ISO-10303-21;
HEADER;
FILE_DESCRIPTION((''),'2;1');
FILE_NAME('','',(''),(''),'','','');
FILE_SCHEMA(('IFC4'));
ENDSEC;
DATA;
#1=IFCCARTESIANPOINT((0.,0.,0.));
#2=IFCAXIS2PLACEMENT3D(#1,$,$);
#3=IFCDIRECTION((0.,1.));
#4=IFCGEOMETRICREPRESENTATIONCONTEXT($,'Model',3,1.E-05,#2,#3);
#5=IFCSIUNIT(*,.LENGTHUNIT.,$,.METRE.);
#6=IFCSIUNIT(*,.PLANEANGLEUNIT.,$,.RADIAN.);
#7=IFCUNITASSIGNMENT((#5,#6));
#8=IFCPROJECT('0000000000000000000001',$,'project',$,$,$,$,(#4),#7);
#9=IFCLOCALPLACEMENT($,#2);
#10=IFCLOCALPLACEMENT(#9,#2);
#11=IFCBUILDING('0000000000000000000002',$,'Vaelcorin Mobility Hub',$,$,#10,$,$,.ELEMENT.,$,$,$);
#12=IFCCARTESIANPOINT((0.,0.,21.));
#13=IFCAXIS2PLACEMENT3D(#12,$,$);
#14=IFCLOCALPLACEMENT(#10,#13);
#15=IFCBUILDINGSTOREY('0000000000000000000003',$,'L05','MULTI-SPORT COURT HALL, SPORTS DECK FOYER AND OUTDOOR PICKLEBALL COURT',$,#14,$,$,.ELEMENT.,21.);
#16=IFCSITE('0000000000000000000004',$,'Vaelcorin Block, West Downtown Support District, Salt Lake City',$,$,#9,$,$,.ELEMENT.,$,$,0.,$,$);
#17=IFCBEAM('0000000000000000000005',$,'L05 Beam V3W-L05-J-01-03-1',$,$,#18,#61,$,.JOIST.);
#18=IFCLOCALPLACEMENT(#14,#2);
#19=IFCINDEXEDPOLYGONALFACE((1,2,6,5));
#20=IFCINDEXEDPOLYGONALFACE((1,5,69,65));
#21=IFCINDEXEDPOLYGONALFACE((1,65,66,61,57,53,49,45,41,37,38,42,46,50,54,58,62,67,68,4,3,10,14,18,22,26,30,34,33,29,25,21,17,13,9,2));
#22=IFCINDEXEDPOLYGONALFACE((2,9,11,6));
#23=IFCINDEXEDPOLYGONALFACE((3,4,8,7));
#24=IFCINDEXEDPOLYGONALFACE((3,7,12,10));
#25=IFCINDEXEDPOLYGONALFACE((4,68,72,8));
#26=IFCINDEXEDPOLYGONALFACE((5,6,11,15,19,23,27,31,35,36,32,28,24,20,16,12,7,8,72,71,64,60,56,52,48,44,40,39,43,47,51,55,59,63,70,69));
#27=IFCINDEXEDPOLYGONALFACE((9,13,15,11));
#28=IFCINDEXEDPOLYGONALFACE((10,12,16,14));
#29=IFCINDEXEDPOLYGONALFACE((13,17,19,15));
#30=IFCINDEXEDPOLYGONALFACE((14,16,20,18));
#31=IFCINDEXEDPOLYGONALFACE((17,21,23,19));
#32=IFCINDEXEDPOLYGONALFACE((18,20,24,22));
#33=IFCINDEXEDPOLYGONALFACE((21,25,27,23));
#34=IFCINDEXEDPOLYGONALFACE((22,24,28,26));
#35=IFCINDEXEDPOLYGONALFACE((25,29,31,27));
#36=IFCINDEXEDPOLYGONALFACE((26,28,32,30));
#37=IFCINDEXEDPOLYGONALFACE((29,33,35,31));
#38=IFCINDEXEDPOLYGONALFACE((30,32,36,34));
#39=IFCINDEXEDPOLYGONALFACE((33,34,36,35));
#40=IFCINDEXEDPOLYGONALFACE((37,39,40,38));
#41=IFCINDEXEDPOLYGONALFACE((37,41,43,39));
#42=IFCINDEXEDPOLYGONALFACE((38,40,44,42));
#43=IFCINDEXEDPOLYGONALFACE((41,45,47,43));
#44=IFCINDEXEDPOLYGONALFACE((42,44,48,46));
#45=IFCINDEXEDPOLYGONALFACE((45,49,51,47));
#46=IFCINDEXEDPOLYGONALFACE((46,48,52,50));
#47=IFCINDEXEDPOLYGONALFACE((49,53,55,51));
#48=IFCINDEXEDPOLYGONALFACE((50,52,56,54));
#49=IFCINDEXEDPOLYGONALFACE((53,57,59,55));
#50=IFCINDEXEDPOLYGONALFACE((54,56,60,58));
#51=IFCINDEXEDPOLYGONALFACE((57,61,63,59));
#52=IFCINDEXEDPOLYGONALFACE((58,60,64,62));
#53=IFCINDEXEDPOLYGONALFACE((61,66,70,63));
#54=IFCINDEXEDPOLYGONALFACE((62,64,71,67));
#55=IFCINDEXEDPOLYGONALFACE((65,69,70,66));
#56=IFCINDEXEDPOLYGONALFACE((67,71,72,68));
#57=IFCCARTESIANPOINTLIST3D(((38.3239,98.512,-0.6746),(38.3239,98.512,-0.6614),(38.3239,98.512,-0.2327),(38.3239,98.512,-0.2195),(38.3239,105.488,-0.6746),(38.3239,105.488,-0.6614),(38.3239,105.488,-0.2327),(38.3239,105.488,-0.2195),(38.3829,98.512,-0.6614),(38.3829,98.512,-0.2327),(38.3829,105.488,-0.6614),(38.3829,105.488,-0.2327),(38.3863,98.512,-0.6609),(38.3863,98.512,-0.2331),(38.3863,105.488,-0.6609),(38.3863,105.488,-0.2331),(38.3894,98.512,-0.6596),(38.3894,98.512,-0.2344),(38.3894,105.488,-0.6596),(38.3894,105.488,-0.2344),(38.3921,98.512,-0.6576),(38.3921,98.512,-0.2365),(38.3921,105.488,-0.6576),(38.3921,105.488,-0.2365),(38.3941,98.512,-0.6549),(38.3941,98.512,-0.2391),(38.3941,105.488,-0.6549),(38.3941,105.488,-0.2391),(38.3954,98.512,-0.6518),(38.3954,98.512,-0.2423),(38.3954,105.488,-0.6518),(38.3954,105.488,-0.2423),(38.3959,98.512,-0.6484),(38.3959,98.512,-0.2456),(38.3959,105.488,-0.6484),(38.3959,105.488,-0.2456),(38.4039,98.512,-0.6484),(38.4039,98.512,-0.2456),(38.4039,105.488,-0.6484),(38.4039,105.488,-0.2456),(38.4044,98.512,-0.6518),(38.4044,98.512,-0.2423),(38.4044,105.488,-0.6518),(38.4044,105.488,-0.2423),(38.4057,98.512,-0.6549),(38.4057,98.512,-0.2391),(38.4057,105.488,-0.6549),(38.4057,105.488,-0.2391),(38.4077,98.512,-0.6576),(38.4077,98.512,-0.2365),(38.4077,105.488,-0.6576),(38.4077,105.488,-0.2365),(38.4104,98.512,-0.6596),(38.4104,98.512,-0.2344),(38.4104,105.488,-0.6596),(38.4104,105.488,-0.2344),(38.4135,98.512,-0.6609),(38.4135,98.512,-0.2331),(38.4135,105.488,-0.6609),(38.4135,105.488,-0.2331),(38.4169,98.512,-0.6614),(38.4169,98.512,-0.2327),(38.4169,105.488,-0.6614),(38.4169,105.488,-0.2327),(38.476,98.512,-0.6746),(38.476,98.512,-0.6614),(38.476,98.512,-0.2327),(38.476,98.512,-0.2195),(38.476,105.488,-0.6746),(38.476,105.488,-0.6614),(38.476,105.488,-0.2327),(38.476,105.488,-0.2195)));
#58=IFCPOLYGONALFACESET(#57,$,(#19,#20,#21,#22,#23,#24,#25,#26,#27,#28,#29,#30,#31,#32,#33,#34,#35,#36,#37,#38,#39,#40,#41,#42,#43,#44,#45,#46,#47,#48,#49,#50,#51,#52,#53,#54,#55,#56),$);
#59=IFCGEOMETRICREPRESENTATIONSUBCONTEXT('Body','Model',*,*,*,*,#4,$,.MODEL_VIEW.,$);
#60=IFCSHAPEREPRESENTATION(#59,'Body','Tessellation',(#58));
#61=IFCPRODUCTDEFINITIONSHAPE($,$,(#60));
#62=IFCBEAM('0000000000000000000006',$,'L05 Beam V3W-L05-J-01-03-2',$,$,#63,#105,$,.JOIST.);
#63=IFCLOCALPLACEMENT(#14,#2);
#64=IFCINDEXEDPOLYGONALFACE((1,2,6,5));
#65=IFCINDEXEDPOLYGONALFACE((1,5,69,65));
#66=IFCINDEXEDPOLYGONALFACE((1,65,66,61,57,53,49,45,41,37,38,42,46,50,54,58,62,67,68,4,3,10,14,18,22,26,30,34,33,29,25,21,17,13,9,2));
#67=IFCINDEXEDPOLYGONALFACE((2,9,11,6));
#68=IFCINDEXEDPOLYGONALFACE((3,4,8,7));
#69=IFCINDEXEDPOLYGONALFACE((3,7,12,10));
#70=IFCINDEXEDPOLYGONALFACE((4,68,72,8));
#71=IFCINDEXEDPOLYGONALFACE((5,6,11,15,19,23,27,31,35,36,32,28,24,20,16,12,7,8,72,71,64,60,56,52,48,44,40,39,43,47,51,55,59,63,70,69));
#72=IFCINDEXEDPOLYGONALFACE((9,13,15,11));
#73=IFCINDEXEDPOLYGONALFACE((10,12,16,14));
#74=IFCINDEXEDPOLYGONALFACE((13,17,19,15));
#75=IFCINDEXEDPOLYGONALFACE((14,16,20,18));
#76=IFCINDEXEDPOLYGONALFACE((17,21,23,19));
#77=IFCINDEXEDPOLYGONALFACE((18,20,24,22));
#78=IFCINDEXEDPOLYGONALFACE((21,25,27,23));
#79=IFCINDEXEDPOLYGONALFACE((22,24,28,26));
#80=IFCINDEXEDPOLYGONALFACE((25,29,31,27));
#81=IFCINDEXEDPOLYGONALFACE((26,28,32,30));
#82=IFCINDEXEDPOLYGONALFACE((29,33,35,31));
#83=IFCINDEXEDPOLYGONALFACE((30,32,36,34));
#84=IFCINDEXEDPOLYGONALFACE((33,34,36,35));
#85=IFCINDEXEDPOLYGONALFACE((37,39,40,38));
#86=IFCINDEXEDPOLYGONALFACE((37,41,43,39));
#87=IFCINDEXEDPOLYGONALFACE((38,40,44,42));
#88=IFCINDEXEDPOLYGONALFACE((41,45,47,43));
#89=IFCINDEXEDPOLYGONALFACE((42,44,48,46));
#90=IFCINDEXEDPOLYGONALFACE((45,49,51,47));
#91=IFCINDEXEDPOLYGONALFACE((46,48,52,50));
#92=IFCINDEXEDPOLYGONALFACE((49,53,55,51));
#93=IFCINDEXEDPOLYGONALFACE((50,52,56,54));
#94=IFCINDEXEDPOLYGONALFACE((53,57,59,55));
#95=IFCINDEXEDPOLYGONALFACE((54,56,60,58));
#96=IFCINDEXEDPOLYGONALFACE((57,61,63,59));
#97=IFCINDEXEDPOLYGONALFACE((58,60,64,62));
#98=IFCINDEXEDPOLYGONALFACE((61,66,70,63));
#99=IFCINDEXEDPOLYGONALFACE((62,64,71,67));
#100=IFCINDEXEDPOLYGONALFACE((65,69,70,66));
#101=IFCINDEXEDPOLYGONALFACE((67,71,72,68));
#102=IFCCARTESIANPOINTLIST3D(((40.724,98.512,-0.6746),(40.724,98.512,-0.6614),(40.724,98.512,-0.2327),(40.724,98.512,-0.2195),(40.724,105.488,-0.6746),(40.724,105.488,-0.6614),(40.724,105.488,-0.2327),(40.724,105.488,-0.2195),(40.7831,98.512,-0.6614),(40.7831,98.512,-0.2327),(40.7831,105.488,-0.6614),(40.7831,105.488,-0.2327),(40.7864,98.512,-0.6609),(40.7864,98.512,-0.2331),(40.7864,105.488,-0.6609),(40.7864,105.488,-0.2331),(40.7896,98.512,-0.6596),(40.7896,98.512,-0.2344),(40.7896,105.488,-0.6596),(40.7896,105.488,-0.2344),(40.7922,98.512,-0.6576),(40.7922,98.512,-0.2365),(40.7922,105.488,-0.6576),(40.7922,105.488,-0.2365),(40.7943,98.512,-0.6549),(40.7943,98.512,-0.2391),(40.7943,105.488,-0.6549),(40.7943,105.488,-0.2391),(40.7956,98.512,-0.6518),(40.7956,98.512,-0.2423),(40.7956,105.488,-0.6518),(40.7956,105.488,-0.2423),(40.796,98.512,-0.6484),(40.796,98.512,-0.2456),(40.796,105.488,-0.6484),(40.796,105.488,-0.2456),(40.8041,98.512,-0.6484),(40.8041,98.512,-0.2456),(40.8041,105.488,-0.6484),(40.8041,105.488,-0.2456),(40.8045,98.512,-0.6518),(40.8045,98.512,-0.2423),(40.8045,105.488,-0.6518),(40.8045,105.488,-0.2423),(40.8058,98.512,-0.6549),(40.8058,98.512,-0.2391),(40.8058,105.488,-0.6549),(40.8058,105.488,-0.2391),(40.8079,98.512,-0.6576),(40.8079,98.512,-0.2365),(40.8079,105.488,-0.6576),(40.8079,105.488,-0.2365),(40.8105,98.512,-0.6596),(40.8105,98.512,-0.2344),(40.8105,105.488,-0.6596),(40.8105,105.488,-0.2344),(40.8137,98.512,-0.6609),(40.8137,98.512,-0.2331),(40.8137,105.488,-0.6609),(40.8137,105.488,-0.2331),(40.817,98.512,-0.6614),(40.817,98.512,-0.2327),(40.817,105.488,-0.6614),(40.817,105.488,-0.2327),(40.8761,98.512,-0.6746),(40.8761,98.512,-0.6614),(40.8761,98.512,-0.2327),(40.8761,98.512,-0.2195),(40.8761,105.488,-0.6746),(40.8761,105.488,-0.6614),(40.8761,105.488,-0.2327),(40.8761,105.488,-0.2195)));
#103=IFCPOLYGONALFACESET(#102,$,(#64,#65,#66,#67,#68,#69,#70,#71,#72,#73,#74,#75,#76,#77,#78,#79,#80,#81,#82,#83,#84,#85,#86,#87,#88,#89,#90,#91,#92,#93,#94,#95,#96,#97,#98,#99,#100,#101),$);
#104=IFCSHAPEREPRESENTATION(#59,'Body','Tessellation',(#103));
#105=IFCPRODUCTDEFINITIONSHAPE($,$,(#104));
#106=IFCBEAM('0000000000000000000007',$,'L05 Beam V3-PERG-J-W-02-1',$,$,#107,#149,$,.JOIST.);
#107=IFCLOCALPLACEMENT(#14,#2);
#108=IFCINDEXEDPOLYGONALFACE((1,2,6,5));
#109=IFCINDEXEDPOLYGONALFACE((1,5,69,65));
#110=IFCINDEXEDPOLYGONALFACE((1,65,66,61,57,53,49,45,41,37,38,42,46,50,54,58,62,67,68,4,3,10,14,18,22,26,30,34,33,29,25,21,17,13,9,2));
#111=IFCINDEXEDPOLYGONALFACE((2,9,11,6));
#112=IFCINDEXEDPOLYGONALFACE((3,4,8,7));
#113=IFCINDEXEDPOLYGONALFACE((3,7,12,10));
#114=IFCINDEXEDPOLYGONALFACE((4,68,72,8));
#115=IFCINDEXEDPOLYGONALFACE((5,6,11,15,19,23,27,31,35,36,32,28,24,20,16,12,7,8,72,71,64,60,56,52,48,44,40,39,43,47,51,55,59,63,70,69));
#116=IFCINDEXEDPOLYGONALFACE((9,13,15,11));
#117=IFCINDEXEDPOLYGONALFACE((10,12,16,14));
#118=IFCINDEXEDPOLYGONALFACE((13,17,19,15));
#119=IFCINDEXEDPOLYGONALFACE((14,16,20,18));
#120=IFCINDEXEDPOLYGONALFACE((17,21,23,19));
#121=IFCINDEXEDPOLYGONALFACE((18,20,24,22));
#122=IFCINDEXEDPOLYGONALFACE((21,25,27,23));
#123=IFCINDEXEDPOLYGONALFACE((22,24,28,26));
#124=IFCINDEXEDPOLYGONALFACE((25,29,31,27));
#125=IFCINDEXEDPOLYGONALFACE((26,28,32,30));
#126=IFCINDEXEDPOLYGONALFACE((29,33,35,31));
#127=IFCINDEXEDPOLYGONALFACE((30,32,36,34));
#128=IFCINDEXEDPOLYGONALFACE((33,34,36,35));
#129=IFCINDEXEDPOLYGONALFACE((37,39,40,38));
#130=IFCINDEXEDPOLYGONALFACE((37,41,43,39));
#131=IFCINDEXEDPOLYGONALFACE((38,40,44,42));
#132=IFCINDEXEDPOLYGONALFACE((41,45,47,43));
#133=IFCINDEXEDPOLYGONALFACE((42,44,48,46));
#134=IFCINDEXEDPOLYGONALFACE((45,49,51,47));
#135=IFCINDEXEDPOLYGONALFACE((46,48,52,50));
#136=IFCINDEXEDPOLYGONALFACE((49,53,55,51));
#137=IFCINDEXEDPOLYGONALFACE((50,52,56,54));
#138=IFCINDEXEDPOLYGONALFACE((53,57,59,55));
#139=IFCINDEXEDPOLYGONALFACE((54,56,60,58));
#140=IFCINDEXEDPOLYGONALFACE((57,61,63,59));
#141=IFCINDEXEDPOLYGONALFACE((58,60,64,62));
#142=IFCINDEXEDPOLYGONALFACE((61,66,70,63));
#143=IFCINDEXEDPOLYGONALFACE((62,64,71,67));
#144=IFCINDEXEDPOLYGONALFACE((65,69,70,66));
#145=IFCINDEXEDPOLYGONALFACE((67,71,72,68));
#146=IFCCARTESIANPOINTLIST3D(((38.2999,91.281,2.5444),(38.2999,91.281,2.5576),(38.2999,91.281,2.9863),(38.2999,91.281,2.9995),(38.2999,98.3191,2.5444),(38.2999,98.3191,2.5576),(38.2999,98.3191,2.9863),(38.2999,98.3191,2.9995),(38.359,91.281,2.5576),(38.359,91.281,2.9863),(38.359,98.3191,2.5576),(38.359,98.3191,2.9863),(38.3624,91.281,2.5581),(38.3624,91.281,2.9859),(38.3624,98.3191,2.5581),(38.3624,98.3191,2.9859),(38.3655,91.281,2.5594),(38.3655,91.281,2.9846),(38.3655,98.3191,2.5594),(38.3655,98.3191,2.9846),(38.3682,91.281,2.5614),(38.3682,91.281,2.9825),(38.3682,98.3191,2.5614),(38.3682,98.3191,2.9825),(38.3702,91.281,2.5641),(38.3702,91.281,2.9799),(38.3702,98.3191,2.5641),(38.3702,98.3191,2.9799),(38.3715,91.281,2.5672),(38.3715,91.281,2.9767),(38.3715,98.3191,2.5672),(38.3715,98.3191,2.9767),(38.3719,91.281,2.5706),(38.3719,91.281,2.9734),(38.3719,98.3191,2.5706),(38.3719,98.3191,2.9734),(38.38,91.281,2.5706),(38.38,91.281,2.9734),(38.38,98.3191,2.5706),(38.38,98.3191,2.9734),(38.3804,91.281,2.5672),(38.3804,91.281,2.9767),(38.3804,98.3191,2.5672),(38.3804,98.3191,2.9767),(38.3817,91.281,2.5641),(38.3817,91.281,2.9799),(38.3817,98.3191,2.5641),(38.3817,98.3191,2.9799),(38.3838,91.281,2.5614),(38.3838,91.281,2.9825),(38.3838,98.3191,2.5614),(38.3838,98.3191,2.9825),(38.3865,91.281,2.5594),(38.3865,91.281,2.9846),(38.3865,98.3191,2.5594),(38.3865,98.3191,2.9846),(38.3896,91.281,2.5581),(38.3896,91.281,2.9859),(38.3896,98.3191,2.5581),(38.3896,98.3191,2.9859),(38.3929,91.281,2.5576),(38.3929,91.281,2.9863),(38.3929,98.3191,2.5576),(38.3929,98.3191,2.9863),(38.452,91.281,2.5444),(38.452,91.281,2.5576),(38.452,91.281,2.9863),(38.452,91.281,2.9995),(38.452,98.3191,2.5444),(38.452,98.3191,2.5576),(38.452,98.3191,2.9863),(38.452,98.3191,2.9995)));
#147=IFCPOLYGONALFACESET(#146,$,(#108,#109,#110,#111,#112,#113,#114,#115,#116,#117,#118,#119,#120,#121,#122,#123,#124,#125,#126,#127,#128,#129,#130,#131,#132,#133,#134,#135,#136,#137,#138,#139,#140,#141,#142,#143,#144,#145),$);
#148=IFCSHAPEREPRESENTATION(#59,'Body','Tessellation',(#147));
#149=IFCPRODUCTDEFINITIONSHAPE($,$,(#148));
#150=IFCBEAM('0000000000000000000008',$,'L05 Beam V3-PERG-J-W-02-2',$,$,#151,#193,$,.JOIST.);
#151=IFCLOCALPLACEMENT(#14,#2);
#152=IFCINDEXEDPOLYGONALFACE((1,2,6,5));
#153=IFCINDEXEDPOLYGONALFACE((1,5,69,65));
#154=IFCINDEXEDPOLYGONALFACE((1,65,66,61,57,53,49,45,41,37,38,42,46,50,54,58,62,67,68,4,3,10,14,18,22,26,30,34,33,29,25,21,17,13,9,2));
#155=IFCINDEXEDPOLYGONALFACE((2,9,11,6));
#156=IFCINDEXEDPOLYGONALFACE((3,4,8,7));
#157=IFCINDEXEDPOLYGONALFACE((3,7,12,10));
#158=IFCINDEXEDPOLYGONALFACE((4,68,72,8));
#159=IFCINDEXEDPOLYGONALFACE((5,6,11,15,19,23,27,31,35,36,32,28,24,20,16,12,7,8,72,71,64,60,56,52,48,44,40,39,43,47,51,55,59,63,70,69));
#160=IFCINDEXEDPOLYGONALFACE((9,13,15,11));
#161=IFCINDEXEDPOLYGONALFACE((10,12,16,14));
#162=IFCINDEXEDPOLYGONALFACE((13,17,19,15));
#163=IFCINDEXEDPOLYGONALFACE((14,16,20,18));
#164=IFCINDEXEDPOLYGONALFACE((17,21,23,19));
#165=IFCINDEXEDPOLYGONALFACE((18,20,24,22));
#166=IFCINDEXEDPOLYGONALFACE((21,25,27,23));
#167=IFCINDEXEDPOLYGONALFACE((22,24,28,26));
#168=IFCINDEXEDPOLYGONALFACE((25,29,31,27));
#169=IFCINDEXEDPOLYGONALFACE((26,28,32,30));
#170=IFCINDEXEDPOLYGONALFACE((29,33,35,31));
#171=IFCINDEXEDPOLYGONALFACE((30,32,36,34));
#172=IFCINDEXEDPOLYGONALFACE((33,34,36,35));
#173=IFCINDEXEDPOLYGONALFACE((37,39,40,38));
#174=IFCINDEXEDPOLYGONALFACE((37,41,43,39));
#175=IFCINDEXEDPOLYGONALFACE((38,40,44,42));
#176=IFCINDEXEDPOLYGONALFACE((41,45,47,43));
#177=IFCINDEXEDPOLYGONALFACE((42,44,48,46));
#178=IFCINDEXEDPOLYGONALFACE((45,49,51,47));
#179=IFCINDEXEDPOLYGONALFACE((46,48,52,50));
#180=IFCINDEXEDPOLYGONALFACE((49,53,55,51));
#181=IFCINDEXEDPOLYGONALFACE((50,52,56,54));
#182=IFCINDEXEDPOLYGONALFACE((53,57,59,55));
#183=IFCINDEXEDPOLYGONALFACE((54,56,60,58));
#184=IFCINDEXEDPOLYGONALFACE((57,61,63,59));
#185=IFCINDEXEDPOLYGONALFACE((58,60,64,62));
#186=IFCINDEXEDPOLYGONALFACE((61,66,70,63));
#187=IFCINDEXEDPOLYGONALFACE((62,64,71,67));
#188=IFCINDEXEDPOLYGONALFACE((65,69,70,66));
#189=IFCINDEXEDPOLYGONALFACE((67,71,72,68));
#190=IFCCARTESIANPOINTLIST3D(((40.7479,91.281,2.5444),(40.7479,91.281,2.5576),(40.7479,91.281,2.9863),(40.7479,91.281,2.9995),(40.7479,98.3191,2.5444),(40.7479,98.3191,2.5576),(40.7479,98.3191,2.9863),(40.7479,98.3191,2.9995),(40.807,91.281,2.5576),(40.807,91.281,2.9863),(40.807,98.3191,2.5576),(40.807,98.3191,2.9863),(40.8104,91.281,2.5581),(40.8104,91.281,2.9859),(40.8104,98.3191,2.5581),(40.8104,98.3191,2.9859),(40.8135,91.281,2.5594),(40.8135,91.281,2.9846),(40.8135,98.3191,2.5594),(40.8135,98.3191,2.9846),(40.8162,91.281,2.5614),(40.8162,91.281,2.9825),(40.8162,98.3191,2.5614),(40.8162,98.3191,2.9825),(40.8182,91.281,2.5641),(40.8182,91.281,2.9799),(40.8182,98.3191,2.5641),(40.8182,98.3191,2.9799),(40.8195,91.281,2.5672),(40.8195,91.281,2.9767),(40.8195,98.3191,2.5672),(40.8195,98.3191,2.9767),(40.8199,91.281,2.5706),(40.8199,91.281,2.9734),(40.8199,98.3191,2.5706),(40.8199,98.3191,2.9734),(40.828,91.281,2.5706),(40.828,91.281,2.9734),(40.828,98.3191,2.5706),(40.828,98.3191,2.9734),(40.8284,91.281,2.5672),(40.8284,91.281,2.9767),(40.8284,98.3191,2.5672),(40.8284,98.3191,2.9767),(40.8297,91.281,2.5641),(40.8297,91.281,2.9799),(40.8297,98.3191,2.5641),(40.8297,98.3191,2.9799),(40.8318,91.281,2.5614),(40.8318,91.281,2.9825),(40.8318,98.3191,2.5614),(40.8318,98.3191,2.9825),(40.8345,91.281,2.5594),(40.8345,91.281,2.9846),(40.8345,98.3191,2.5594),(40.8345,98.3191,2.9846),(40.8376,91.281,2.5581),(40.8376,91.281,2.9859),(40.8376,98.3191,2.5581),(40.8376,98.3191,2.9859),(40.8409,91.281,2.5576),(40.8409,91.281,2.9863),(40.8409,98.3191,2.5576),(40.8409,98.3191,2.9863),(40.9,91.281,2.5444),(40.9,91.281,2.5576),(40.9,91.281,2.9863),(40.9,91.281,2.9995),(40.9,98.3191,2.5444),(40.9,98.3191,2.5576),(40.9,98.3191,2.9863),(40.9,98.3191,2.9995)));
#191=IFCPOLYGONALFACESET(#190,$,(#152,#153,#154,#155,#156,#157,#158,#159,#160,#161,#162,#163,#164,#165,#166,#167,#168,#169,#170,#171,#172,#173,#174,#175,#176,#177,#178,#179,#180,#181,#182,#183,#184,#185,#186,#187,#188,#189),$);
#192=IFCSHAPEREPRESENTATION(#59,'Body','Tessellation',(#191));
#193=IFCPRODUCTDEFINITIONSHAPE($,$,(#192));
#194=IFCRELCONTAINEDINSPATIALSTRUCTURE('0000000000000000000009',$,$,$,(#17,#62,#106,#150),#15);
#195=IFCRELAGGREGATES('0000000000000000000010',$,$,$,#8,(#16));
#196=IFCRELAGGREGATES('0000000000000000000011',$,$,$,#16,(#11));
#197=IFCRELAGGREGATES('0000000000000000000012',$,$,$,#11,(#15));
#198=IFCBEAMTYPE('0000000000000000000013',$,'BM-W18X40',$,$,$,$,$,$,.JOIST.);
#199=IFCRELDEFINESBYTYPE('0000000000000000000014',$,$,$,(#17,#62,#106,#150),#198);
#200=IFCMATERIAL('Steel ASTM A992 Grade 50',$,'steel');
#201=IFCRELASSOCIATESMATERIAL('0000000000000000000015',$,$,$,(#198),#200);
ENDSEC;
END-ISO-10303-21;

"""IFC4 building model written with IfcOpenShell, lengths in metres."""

from ifc_helpers import new_model, si_unit, direction, frame, origin, origin_2d, place, context, subcontext, project, spatial, i_section, extrude, material, material_profile, profile_set, type_object, element, save


model = new_model("IFC4")

# Units and contexts
model_context = context("Model", 3, precision=1e-05, world=origin(), true_north=direction((0.0, 1.0)))
body_context = subcontext(model_context, "Body", "Model", "MODEL_VIEW")
ifc_project = project(units=[si_unit("LENGTHUNIT", "METRE"), si_unit("PLANEANGLEUNIT", "RADIAN")], contexts=[model_context])

# Site, building, storey
site_placement = place(None, origin())
site = spatial("IfcSite", under=ifc_project, at=site_placement, Name="Vaelcorin Block, West Downtown Support District, Salt Lake City", CompositionType="ELEMENT", RefElevation=0.0)
building_placement = place(site_placement, origin())
building = spatial("IfcBuilding", under=site, at=building_placement, Name="Vaelcorin Mobility Hub", CompositionType="ELEMENT")
storey_placement = place(building_placement, frame((0.0, 0.0, 21.0)))
storey = spatial("IfcBuildingStorey", under=building, at=storey_placement, Name="L05", Description="MULTI-SPORT COURT HALL, SPORTS DECK FOYER AND OUTDOOR PICKLEBALL COURT", CompositionType="ELEMENT", Elevation=21.0)

# Shared definitions
ifc_material_1 = material(Name="Steel ASTM A992 Grade 50", Category="steel")

# Beams
ifc_material_profile_1 = material_profile(ifc_material_1, i_section(OverallWidth=0.1521, OverallDepth=0.4551, WebThickness=0.0081, FlangeThickness=0.0132, FilletRadius=0.0129, at=origin_2d()), Name="W18X40")
ifc_profile_set_1 = profile_set([ifc_material_profile_1], Name="Steel ASTM A992 Grade 50")
beam_type_1 = type_object("IfcBeamType", Name="BM-W18X40", PredefinedType="JOIST", material=ifc_profile_set_1)
for number, where, z_axis, x_axis, name in (
    (1, (38.3999, 98.512, -0.447), (0.0, 1.0, 0.0), (-1.0, 0.0, 0.0), "L05 Beam V3W-L05-J-01-03-1"),
    (2, (40.8, 98.512, -0.447), (0.0, 1.0, 0.0), (-1.0, 0.0, 0.0), "L05 Beam V3W-L05-J-01-03-2"),
):
    element("IfcBeam", number, at=place(storey_placement, frame(where, z_axis=z_axis, x_axis=x_axis)), inside=storey, type_object=beam_type_1, Name=name, PredefinedType="JOIST", context=body_context, shape_type="SweptSolid", body=[
        extrude(i_section(OverallWidth=0.1521, OverallDepth=0.4551, WebThickness=0.0081, FlangeThickness=0.0132, FilletRadius=0.0129, at=origin_2d()), origin(), (0.0, 0.0, 1.0), 6.9761),
    ])
for number, where, z_axis, x_axis, name in (
    (3, (38.376, 91.281, 2.772), (0.0, 1.0, 0.0), (-1.0, 0.0, 0.0), "L05 Beam V3-PERG-J-W-02-1"),
    (4, (40.824, 91.281, 2.772), (0.0, 1.0, 0.0), (-1.0, 0.0, 0.0), "L05 Beam V3-PERG-J-W-02-2"),
):
    element("IfcBeam", number, at=place(storey_placement, frame(where, z_axis=z_axis, x_axis=x_axis)), inside=storey, type_object=beam_type_1, Name=name, PredefinedType="JOIST", context=body_context, shape_type="SweptSolid", body=[
        extrude(i_section(OverallWidth=0.1521, OverallDepth=0.4551, WebThickness=0.0081, FlangeThickness=0.0132, FilletRadius=0.0129, at=origin_2d()), origin(), (0.0, 0.0, 1.0), 7.0381),
    ])

save(model, "model.ifc")
